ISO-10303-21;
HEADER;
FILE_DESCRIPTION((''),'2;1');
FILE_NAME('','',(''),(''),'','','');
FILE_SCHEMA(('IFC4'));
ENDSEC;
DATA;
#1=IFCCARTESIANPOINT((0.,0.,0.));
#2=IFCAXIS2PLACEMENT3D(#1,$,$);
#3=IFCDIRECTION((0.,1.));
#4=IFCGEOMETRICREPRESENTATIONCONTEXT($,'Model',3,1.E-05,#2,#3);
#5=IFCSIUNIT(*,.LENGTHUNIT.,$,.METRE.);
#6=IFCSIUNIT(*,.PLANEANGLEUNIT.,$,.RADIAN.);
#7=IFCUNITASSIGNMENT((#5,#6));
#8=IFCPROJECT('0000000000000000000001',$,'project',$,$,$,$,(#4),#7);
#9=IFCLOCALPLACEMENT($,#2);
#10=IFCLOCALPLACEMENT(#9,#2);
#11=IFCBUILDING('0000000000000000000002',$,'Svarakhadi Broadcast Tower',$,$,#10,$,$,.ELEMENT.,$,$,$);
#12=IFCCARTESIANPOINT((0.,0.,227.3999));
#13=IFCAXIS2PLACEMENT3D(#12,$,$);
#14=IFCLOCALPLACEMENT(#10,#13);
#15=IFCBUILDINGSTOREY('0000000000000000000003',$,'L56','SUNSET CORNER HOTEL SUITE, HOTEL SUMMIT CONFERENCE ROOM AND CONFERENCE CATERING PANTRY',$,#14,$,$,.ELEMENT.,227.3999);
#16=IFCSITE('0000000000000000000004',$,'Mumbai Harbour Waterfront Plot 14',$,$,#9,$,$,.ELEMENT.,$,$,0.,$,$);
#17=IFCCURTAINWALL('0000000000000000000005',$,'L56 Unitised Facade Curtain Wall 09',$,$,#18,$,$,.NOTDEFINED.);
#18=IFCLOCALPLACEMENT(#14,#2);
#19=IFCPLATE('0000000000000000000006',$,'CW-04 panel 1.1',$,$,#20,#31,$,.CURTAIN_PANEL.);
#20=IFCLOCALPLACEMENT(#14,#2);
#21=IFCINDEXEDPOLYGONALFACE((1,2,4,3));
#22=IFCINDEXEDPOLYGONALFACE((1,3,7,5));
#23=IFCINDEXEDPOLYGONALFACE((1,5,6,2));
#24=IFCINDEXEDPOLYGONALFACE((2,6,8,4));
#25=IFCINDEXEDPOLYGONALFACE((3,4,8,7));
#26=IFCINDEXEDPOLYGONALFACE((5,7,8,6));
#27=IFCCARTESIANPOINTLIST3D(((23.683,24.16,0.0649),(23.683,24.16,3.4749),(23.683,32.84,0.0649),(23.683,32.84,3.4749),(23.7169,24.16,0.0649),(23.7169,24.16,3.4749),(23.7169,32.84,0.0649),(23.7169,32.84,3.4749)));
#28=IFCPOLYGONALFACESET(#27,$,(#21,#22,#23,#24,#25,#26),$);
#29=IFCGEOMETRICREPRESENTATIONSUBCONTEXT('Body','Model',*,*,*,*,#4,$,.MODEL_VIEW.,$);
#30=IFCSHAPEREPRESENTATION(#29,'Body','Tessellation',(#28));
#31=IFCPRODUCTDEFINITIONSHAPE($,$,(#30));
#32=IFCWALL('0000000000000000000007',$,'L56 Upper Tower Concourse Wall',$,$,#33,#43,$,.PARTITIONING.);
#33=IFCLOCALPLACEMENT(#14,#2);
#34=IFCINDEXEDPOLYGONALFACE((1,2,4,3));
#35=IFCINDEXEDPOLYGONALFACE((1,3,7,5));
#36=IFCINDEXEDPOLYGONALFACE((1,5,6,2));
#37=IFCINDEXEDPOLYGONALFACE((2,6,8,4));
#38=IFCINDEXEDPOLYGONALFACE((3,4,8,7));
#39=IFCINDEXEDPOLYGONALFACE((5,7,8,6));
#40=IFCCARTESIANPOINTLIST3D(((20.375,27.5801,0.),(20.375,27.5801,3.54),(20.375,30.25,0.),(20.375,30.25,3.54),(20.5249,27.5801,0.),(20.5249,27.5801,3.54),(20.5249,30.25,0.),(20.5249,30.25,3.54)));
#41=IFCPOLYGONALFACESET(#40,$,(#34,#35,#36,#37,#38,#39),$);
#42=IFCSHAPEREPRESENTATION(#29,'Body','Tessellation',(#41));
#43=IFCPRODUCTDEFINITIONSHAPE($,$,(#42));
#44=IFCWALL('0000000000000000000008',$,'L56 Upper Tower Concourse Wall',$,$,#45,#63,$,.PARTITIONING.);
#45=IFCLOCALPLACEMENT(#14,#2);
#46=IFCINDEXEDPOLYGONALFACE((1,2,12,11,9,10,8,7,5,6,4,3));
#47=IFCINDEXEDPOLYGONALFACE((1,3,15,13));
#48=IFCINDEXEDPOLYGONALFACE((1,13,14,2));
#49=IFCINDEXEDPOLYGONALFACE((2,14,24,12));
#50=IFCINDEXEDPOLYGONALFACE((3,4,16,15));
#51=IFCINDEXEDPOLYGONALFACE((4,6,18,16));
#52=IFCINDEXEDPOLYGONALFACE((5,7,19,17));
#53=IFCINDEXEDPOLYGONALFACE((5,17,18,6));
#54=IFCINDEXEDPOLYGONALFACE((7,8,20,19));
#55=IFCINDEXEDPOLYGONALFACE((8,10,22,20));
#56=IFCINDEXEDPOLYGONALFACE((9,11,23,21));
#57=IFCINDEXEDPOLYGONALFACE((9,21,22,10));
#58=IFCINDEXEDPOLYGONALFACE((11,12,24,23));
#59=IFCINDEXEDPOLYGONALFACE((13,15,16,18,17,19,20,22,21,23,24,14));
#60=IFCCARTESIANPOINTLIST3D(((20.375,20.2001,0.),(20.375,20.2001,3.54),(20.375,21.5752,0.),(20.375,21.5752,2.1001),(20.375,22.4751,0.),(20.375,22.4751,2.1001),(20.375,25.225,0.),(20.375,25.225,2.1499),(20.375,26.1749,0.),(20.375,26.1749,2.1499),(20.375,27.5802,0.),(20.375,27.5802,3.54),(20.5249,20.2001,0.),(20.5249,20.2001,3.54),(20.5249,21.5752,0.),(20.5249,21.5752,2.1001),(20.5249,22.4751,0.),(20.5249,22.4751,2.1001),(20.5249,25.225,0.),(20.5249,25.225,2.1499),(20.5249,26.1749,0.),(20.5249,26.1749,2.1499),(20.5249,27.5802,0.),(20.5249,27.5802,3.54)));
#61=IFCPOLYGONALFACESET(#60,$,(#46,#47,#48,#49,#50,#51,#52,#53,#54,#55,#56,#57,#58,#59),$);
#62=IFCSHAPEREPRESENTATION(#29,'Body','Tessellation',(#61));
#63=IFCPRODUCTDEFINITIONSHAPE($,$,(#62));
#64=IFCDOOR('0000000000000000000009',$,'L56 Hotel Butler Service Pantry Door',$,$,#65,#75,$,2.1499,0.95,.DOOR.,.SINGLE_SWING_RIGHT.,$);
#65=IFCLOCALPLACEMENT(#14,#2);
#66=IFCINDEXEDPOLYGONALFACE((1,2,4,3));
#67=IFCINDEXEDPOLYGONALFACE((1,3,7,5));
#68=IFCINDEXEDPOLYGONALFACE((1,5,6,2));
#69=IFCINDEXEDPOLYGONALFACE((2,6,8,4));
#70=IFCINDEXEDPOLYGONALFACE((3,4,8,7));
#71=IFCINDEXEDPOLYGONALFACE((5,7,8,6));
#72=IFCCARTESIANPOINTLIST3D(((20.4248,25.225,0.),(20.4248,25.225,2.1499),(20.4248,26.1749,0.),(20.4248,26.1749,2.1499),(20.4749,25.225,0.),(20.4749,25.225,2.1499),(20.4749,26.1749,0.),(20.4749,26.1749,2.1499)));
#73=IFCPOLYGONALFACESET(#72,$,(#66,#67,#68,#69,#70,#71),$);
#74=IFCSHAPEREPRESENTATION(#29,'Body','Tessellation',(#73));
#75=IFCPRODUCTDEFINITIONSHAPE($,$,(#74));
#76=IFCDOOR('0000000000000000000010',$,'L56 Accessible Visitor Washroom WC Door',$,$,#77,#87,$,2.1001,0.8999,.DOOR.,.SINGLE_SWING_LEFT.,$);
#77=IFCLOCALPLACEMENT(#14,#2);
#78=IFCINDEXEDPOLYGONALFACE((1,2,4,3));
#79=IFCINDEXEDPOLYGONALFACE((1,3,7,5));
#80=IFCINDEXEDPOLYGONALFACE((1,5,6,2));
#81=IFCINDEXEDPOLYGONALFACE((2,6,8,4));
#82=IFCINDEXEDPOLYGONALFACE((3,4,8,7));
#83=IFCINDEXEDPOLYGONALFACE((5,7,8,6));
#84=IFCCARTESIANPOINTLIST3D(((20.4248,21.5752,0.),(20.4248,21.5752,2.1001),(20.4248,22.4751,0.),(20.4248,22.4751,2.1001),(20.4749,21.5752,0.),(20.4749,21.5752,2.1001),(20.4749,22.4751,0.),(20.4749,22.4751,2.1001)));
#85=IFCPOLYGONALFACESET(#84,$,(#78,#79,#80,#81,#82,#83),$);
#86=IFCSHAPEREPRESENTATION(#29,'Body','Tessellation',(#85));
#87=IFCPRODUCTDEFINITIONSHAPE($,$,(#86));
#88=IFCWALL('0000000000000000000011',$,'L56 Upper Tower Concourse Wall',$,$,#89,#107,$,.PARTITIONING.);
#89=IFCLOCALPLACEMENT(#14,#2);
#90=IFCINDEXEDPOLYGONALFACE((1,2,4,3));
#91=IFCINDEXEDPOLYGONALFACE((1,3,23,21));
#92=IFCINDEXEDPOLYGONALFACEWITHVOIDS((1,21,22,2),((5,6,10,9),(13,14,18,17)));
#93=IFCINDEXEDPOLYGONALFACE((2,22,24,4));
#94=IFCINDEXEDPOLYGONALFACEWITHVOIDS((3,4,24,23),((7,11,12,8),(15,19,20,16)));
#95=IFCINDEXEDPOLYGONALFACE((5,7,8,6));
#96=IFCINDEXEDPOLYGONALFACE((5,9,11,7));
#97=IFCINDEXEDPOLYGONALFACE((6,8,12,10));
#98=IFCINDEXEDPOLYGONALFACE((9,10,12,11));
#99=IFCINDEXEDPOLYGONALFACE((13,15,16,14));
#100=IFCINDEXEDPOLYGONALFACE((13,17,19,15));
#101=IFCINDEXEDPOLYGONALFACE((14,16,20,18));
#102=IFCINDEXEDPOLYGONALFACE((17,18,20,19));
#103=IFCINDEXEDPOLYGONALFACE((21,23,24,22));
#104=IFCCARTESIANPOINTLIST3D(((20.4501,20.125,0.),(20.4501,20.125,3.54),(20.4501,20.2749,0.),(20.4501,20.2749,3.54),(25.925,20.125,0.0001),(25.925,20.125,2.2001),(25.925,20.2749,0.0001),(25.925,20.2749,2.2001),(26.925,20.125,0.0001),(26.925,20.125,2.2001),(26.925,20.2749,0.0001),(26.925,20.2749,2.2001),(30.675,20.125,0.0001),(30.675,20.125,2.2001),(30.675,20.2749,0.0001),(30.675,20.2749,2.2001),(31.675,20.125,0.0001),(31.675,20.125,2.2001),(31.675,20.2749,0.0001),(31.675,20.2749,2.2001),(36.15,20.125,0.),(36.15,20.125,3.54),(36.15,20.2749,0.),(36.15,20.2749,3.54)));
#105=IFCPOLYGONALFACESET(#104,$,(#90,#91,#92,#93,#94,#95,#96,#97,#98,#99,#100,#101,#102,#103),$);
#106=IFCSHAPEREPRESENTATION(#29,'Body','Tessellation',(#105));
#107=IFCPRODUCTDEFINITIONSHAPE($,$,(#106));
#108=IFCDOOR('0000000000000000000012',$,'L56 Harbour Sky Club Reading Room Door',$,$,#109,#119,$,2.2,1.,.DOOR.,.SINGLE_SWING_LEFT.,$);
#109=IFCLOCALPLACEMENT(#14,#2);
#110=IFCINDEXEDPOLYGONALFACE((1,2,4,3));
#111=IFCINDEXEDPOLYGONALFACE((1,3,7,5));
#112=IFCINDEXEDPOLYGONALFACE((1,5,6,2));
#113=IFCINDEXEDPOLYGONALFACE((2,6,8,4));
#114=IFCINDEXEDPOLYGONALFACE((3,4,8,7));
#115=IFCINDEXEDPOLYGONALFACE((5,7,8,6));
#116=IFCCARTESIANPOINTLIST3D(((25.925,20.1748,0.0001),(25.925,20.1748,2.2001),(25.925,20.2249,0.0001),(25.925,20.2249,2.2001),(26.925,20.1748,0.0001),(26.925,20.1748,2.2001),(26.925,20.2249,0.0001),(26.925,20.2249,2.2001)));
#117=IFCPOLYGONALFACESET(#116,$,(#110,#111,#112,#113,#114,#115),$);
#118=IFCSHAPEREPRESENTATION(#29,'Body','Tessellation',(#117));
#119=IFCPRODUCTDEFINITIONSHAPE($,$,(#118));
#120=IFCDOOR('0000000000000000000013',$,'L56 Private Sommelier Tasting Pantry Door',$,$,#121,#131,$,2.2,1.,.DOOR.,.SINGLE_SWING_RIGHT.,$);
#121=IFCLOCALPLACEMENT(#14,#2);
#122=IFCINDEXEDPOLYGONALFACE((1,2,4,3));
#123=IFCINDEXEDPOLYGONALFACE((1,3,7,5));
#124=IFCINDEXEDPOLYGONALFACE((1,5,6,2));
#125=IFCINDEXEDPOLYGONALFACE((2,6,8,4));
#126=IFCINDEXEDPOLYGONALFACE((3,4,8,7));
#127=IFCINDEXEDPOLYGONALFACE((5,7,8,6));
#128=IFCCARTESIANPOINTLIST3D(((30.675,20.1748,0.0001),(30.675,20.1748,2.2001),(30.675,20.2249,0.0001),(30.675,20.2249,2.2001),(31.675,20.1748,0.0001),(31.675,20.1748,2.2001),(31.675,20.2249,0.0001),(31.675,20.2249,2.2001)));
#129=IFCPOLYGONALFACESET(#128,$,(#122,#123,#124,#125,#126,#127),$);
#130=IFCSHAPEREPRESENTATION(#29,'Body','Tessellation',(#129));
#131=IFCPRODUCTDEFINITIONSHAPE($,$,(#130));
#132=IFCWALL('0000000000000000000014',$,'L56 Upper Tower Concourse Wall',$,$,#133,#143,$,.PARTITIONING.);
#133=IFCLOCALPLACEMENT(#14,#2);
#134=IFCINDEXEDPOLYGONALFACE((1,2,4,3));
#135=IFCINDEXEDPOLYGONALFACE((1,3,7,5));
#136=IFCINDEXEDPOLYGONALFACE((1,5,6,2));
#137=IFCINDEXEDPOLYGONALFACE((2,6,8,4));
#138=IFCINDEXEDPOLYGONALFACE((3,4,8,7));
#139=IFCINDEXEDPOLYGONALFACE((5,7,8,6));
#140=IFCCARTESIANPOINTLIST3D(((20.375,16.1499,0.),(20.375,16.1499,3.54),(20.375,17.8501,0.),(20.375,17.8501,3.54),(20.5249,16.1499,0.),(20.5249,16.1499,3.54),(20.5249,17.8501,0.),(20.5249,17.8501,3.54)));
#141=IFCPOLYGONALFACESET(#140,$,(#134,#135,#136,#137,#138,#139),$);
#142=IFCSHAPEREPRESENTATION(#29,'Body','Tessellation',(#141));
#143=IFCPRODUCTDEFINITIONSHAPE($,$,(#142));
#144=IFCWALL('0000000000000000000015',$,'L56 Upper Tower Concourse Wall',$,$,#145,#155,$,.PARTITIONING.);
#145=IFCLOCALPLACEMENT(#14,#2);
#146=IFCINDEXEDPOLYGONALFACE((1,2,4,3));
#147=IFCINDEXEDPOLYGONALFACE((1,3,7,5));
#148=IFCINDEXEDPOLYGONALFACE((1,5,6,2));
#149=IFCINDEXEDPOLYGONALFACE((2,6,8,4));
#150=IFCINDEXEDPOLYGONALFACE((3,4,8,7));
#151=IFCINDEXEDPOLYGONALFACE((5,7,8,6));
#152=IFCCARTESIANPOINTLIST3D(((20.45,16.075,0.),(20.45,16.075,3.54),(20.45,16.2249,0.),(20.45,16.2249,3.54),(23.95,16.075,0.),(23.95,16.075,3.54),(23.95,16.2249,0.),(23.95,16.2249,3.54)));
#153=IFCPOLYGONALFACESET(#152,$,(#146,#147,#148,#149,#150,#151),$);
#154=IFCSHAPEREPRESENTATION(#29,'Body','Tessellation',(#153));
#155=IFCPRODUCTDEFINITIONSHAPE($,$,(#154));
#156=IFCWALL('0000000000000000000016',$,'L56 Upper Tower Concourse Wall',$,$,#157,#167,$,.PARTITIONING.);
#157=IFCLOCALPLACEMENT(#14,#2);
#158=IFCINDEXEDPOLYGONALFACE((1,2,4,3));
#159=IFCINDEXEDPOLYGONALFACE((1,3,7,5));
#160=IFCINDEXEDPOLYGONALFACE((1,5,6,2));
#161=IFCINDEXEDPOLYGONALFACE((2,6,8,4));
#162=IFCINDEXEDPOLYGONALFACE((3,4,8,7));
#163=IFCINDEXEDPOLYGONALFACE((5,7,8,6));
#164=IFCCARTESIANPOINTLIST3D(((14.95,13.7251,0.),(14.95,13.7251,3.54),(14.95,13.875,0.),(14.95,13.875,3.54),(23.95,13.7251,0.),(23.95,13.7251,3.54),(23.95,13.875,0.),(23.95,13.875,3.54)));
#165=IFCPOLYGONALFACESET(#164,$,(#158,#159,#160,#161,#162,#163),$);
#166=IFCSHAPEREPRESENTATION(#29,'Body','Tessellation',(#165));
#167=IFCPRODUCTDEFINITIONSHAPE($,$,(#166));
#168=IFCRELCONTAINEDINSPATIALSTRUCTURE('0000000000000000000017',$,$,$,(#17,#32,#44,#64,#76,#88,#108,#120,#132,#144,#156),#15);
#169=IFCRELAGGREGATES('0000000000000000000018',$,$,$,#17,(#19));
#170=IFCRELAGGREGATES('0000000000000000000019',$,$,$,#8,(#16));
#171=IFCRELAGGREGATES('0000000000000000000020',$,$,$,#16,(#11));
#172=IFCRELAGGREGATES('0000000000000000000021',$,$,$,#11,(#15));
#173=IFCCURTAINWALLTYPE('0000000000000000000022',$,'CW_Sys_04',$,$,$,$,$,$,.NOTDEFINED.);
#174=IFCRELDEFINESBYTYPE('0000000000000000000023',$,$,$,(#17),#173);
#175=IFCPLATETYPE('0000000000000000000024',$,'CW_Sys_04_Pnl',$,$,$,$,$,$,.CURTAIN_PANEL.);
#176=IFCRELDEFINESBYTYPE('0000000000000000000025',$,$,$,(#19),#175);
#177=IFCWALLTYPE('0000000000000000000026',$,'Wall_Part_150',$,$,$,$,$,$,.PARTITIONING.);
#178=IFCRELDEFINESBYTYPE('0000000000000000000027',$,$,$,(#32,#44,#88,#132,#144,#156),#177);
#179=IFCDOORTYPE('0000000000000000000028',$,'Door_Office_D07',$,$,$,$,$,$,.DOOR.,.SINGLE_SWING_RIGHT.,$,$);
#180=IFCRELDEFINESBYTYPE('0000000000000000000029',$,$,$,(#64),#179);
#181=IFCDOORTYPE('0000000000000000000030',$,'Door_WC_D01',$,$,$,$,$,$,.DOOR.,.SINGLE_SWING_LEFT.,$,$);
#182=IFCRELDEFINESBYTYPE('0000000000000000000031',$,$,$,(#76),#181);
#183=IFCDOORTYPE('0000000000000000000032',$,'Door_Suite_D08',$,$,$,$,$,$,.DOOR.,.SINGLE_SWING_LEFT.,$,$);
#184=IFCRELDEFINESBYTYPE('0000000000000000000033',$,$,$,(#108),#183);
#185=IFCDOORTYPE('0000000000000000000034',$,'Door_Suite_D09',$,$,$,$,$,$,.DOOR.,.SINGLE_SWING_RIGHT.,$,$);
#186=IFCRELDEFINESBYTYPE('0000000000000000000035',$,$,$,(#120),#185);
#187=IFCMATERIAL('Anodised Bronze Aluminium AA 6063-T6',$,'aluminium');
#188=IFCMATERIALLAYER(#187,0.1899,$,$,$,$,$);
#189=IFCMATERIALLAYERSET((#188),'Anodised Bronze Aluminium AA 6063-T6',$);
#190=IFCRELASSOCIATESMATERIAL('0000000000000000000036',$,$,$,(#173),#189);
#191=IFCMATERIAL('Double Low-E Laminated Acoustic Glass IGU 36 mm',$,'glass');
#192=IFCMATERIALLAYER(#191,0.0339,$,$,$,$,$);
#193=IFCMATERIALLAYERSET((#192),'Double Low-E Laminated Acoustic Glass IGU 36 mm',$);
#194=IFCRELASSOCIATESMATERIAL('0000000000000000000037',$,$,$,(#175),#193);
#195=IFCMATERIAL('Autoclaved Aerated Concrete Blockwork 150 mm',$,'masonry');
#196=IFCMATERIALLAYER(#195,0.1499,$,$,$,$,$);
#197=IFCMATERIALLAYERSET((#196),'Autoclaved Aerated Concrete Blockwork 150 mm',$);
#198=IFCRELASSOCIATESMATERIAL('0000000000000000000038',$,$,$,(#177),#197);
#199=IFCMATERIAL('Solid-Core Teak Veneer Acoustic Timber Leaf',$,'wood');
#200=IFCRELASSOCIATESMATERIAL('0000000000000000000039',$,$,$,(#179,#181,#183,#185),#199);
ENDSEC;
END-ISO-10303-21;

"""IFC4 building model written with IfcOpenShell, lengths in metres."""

from ifc_helpers import new_model, si_unit, direction, frame, frame_2d, origin, origin_2d, place, context, subcontext, project, spatial, rectangle, extrude, material, layer, layer_set, type_object, element, fill, aggregate, save


model = new_model("IFC4")

# Units and contexts
model_context = context("Model", 3, precision=1e-05, world=origin(), true_north=direction((0.0, 1.0)))
body_context = subcontext(model_context, "Body", "Model", "MODEL_VIEW")
ifc_project = project(units=[si_unit("LENGTHUNIT", "METRE"), si_unit("PLANEANGLEUNIT", "RADIAN")], contexts=[model_context])

# Site, building, storey
site_placement = place(None, origin())
site = spatial("IfcSite", under=ifc_project, at=site_placement, Name="Mumbai Harbour Waterfront Plot 14", CompositionType="ELEMENT", RefElevation=0.0)
building_placement = place(site_placement, origin())
building = spatial("IfcBuilding", under=site, at=building_placement, Name="Svarakhadi Broadcast Tower", CompositionType="ELEMENT")
storey_placement = place(building_placement, frame((0.0, 0.0, 227.3999)))
storey = spatial("IfcBuildingStorey", under=building, at=storey_placement, Name="L56", Description="SUNSET CORNER HOTEL SUITE, HOTEL SUMMIT CONFERENCE ROOM AND CONFERENCE CATERING PANTRY", CompositionType="ELEMENT", Elevation=227.3999)

# Curtain wall
ifc_material_1 = material(Name="Anodised Bronze Aluminium AA 6063-T6", Category="aluminium")
ifc_layer_1 = layer(ifc_material_1, 0.1899)
ifc_layer_set_1 = layer_set([ifc_layer_1], Name="Anodised Bronze Aluminium AA 6063-T6")
curtain_wall_type = type_object("IfcCurtainWallType", Name="CW_Sys_04", PredefinedType="NOTDEFINED", material=ifc_layer_set_1)
curtain_wall_1_placement = place(storey_placement, origin())
curtain_wall_1 = element("IfcCurtainWall", 1, at=curtain_wall_1_placement, inside=storey, type_object=curtain_wall_type, Name="L56 Unitised Facade Curtain Wall 09", PredefinedType="NOTDEFINED")

# Plate
ifc_material_2 = material(Name="Double Low-E Laminated Acoustic Glass IGU 36 mm", Category="glass")
ifc_layer_2 = layer(ifc_material_2, 0.0339)
ifc_layer_set_2 = layer_set([ifc_layer_2], Name="Double Low-E Laminated Acoustic Glass IGU 36 mm")
plate_type = type_object("IfcPlateType", Name="CW_Sys_04_Pnl", PredefinedType="CURTAIN_PANEL", material=ifc_layer_set_2)
plate_placement = place(storey_placement, frame((23.7, 28.5, 0.0649), z_axis=(0.0, 0.0, 1.0), x_axis=(0.0, -1.0, 0.0)))
plate = element("IfcPlate", 2, at=plate_placement, type_object=plate_type, Name="CW-04 panel 1.1", PredefinedType="CURTAIN_PANEL", context=body_context, shape_type="SweptSolid", body=[
    extrude(rectangle(XDim=8.6799, YDim=0.0339, at=origin_2d()), origin(), (0.0, 0.0, 1.0), 3.4099),
])
aggregate(curtain_wall_1, [plate])

# Wall
ifc_material_3 = material(Name="Autoclaved Aerated Concrete Blockwork 150 mm", Category="masonry")
ifc_layer_3 = layer(ifc_material_3, 0.1499)
ifc_layer_set_3 = layer_set([ifc_layer_3], Name="Autoclaved Aerated Concrete Blockwork 150 mm")
wall_type_1 = type_object("IfcWallType", Name="Wall_Part_150", PredefinedType="PARTITIONING", material=ifc_layer_set_3)
wall_1_placement = place(storey_placement, frame((20.45, 30.25, 0.0), z_axis=(0.0, 0.0, 1.0), x_axis=(0.0, -1.0, 0.0)))
element("IfcWall", 3, at=wall_1_placement, inside=storey, type_object=wall_type_1, Name="L56 Upper Tower Concourse Wall", PredefinedType="PARTITIONING", context=body_context, shape_type="SweptSolid", body=[
    extrude(rectangle(XDim=2.6699, YDim=0.1499, at=frame_2d((1.335, 0.0))), origin(), (0.0, 0.0, 1.0), 3.54),
])

# Walls, openings, doors
wall_2_placement = place(storey_placement, frame((20.45, 27.5801, 0.0), z_axis=(0.0, 0.0, 1.0), x_axis=(0.0, -1.0, 0.0)))
wall_2 = element("IfcWall", 4, at=wall_2_placement, inside=storey, type_object=wall_type_1, Name="L56 Upper Tower Concourse Wall", PredefinedType="PARTITIONING", context=body_context, shape_type="SweptSolid", body=[
    extrude(rectangle(XDim=7.3801, YDim=0.1499, at=frame_2d((3.6899, 0.0))), origin(), (0.0, 0.0, 1.0), 3.54),
])
opening_1_placement = place(wall_2_placement, frame((5.105, 0.0, 0.0)))
opening_1 = element("IfcOpeningElement", 5, at=opening_1_placement, cuts=wall_2, PredefinedType="OPENING", context=body_context, shape_type="SweptSolid", body=[
    extrude(rectangle(XDim=0.8999, YDim=2.1001, at=frame_2d((0.45, 1.05))), frame((0.0, 0.085, 0.0), z_axis=(0.0, -1.0, 0.0), x_axis=(1.0, 0.0, 0.0)), (0.0, 0.0, 1.0), 0.1699),
])
opening_2_placement = place(wall_2_placement, frame((1.405, 0.0, 0.0)))
opening_2 = element("IfcOpeningElement", 6, at=opening_2_placement, cuts=wall_2, PredefinedType="OPENING", context=body_context, shape_type="SweptSolid", body=[
    extrude(rectangle(XDim=0.95, YDim=2.1499, at=frame_2d((0.4751, 1.075))), frame((0.0, 0.085, 0.0), z_axis=(0.0, -1.0, 0.0), x_axis=(1.0, 0.0, 0.0)), (0.0, 0.0, 1.0), 0.1699),
])
ifc_material_4 = material(Name="Solid-Core Teak Veneer Acoustic Timber Leaf", Category="wood")
door_type_1 = type_object("IfcDoorType", Name="Door_Office_D07", OperationType="SINGLE_SWING_RIGHT", PredefinedType="DOOR", material=ifc_material_4)
door_1_placement = place(opening_2_placement, origin())
door_1 = element("IfcDoor", 7, at=door_1_placement, inside=storey, type_object=door_type_1, Name="L56 Hotel Butler Service Pantry Door", OperationType="SINGLE_SWING_RIGHT", OverallHeight=2.1499, OverallWidth=0.95, PredefinedType="DOOR", context=body_context, shape_type="SweptSolid", body=[
    extrude(rectangle(XDim=0.95, YDim=2.1499, at=frame_2d((0.4751, 1.075))), frame((0.0, 0.0249, 0.0), z_axis=(0.0, -1.0, 0.0), x_axis=(1.0, 0.0, 0.0)), (0.0, 0.0, 1.0), 0.05),
])
fill(opening_2, door_1)
door_type_2 = type_object("IfcDoorType", Name="Door_WC_D01", OperationType="SINGLE_SWING_LEFT", PredefinedType="DOOR", material=ifc_material_4)
door_2_placement = place(opening_1_placement, origin())
door_2 = element("IfcDoor", 8, at=door_2_placement, inside=storey, type_object=door_type_2, Name="L56 Accessible Visitor Washroom WC Door", OperationType="SINGLE_SWING_LEFT", OverallHeight=2.1001, OverallWidth=0.8999, PredefinedType="DOOR", context=body_context, shape_type="SweptSolid", body=[
    extrude(rectangle(XDim=0.8999, YDim=2.1001, at=frame_2d((0.45, 1.05))), frame((0.0, 0.0249, 0.0), z_axis=(0.0, -1.0, 0.0), x_axis=(1.0, 0.0, 0.0)), (0.0, 0.0, 1.0), 0.05),
])
fill(opening_1, door_2)
wall_3_placement = place(storey_placement, frame((20.45, 20.2, 0.0), z_axis=(0.0, 0.0, 1.0), x_axis=(1.0, 0.0, 0.0)))
wall_3 = element("IfcWall", 9, at=wall_3_placement, inside=storey, type_object=wall_type_1, Name="L56 Upper Tower Concourse Wall", PredefinedType="PARTITIONING", context=body_context, shape_type="SweptSolid", body=[
    extrude(rectangle(XDim=15.7, YDim=0.1499, at=frame_2d((7.8501, 0.0))), origin(), (0.0, 0.0, 1.0), 3.54),
])
opening_3_placement = place(wall_3_placement, frame((5.4751, 0.0, 0.0)))
opening_3 = element("IfcOpeningElement", 10, at=opening_3_placement, cuts=wall_3, PredefinedType="OPENING", context=body_context, shape_type="SweptSolid", body=[
    extrude(rectangle(XDim=1.0, YDim=2.2, at=frame_2d((0.5, 1.1001))), frame((0.0, 0.085, 0.0), z_axis=(0.0, -1.0, 0.0), x_axis=(1.0, 0.0, 0.0)), (0.0, 0.0, 1.0), 0.1699),
])
opening_4_placement = place(wall_3_placement, frame((10.2251, 0.0, 0.0)))
opening_4 = element("IfcOpeningElement", 11, at=opening_4_placement, cuts=wall_3, PredefinedType="OPENING", context=body_context, shape_type="SweptSolid", body=[
    extrude(rectangle(XDim=1.0, YDim=2.2, at=frame_2d((0.5, 1.1001))), frame((0.0, 0.085, 0.0), z_axis=(0.0, -1.0, 0.0), x_axis=(1.0, 0.0, 0.0)), (0.0, 0.0, 1.0), 0.1699),
])
door_type_3 = type_object("IfcDoorType", Name="Door_Suite_D08", OperationType="SINGLE_SWING_LEFT", PredefinedType="DOOR", material=ifc_material_4)
door_3_placement = place(opening_3_placement, origin())
door_3 = element("IfcDoor", 12, at=door_3_placement, inside=storey, type_object=door_type_3, Name="L56 Harbour Sky Club Reading Room Door", OperationType="SINGLE_SWING_LEFT", OverallHeight=2.2, OverallWidth=1.0, PredefinedType="DOOR", context=body_context, shape_type="SweptSolid", body=[
    extrude(rectangle(XDim=1.0, YDim=2.2, at=frame_2d((0.5, 1.1001))), frame((0.0, 0.0249, 0.0), z_axis=(0.0, -1.0, 0.0), x_axis=(1.0, 0.0, 0.0)), (0.0, 0.0, 1.0), 0.05),
])
fill(opening_3, door_3)
door_type_4 = type_object("IfcDoorType", Name="Door_Suite_D09", OperationType="SINGLE_SWING_RIGHT", PredefinedType="DOOR", material=ifc_material_4)
door_4_placement = place(opening_4_placement, origin())
door_4 = element("IfcDoor", 13, at=door_4_placement, inside=storey, type_object=door_type_4, Name="L56 Private Sommelier Tasting Pantry Door", OperationType="SINGLE_SWING_RIGHT", OverallHeight=2.2, OverallWidth=1.0, PredefinedType="DOOR", context=body_context, shape_type="SweptSolid", body=[
    extrude(rectangle(XDim=1.0, YDim=2.2, at=frame_2d((0.5, 1.1001))), frame((0.0, 0.0249, 0.0), z_axis=(0.0, -1.0, 0.0), x_axis=(1.0, 0.0, 0.0)), (0.0, 0.0, 1.0), 0.05),
])
fill(opening_4, door_4)

# Walls
wall_4_placement = place(storey_placement, frame((20.45, 17.8501, 0.0), z_axis=(0.0, 0.0, 1.0), x_axis=(0.0, -1.0, 0.0)))
element("IfcWall", 14, at=wall_4_placement, inside=storey, type_object=wall_type_1, Name="L56 Upper Tower Concourse Wall", PredefinedType="PARTITIONING", context=body_context, shape_type="SweptSolid", body=[
    extrude(rectangle(XDim=1.7002, YDim=0.1499, at=frame_2d((0.8501, 0.0))), origin(), (0.0, 0.0, 1.0), 3.54),
])
wall_5_placement = place(storey_placement, frame((20.45, 16.1499, 0.0), z_axis=(0.0, 0.0, 1.0), x_axis=(1.0, 0.0, 0.0)))
element("IfcWall", 15, at=wall_5_placement, inside=storey, type_object=wall_type_1, Name="L56 Upper Tower Concourse Wall", PredefinedType="PARTITIONING", context=body_context, shape_type="SweptSolid", body=[
    extrude(rectangle(XDim=3.5, YDim=0.1499, at=frame_2d((1.75, 0.0))), origin(), (0.0, 0.0, 1.0), 3.54),
])
wall_6_placement = place(storey_placement, frame((23.95, 13.8, 0.0), z_axis=(0.0, 0.0, 1.0), x_axis=(-1.0, 0.0, 0.0)))
element("IfcWall", 16, at=wall_6_placement, inside=storey, type_object=wall_type_1, Name="L56 Upper Tower Concourse Wall", PredefinedType="PARTITIONING", context=body_context, shape_type="SweptSolid", body=[
    extrude(rectangle(XDim=9.0, YDim=0.1499, at=frame_2d((4.5, 0.0))), origin(), (0.0, 0.0, 1.0), 3.54),
])

save(model, "model.ifc")
